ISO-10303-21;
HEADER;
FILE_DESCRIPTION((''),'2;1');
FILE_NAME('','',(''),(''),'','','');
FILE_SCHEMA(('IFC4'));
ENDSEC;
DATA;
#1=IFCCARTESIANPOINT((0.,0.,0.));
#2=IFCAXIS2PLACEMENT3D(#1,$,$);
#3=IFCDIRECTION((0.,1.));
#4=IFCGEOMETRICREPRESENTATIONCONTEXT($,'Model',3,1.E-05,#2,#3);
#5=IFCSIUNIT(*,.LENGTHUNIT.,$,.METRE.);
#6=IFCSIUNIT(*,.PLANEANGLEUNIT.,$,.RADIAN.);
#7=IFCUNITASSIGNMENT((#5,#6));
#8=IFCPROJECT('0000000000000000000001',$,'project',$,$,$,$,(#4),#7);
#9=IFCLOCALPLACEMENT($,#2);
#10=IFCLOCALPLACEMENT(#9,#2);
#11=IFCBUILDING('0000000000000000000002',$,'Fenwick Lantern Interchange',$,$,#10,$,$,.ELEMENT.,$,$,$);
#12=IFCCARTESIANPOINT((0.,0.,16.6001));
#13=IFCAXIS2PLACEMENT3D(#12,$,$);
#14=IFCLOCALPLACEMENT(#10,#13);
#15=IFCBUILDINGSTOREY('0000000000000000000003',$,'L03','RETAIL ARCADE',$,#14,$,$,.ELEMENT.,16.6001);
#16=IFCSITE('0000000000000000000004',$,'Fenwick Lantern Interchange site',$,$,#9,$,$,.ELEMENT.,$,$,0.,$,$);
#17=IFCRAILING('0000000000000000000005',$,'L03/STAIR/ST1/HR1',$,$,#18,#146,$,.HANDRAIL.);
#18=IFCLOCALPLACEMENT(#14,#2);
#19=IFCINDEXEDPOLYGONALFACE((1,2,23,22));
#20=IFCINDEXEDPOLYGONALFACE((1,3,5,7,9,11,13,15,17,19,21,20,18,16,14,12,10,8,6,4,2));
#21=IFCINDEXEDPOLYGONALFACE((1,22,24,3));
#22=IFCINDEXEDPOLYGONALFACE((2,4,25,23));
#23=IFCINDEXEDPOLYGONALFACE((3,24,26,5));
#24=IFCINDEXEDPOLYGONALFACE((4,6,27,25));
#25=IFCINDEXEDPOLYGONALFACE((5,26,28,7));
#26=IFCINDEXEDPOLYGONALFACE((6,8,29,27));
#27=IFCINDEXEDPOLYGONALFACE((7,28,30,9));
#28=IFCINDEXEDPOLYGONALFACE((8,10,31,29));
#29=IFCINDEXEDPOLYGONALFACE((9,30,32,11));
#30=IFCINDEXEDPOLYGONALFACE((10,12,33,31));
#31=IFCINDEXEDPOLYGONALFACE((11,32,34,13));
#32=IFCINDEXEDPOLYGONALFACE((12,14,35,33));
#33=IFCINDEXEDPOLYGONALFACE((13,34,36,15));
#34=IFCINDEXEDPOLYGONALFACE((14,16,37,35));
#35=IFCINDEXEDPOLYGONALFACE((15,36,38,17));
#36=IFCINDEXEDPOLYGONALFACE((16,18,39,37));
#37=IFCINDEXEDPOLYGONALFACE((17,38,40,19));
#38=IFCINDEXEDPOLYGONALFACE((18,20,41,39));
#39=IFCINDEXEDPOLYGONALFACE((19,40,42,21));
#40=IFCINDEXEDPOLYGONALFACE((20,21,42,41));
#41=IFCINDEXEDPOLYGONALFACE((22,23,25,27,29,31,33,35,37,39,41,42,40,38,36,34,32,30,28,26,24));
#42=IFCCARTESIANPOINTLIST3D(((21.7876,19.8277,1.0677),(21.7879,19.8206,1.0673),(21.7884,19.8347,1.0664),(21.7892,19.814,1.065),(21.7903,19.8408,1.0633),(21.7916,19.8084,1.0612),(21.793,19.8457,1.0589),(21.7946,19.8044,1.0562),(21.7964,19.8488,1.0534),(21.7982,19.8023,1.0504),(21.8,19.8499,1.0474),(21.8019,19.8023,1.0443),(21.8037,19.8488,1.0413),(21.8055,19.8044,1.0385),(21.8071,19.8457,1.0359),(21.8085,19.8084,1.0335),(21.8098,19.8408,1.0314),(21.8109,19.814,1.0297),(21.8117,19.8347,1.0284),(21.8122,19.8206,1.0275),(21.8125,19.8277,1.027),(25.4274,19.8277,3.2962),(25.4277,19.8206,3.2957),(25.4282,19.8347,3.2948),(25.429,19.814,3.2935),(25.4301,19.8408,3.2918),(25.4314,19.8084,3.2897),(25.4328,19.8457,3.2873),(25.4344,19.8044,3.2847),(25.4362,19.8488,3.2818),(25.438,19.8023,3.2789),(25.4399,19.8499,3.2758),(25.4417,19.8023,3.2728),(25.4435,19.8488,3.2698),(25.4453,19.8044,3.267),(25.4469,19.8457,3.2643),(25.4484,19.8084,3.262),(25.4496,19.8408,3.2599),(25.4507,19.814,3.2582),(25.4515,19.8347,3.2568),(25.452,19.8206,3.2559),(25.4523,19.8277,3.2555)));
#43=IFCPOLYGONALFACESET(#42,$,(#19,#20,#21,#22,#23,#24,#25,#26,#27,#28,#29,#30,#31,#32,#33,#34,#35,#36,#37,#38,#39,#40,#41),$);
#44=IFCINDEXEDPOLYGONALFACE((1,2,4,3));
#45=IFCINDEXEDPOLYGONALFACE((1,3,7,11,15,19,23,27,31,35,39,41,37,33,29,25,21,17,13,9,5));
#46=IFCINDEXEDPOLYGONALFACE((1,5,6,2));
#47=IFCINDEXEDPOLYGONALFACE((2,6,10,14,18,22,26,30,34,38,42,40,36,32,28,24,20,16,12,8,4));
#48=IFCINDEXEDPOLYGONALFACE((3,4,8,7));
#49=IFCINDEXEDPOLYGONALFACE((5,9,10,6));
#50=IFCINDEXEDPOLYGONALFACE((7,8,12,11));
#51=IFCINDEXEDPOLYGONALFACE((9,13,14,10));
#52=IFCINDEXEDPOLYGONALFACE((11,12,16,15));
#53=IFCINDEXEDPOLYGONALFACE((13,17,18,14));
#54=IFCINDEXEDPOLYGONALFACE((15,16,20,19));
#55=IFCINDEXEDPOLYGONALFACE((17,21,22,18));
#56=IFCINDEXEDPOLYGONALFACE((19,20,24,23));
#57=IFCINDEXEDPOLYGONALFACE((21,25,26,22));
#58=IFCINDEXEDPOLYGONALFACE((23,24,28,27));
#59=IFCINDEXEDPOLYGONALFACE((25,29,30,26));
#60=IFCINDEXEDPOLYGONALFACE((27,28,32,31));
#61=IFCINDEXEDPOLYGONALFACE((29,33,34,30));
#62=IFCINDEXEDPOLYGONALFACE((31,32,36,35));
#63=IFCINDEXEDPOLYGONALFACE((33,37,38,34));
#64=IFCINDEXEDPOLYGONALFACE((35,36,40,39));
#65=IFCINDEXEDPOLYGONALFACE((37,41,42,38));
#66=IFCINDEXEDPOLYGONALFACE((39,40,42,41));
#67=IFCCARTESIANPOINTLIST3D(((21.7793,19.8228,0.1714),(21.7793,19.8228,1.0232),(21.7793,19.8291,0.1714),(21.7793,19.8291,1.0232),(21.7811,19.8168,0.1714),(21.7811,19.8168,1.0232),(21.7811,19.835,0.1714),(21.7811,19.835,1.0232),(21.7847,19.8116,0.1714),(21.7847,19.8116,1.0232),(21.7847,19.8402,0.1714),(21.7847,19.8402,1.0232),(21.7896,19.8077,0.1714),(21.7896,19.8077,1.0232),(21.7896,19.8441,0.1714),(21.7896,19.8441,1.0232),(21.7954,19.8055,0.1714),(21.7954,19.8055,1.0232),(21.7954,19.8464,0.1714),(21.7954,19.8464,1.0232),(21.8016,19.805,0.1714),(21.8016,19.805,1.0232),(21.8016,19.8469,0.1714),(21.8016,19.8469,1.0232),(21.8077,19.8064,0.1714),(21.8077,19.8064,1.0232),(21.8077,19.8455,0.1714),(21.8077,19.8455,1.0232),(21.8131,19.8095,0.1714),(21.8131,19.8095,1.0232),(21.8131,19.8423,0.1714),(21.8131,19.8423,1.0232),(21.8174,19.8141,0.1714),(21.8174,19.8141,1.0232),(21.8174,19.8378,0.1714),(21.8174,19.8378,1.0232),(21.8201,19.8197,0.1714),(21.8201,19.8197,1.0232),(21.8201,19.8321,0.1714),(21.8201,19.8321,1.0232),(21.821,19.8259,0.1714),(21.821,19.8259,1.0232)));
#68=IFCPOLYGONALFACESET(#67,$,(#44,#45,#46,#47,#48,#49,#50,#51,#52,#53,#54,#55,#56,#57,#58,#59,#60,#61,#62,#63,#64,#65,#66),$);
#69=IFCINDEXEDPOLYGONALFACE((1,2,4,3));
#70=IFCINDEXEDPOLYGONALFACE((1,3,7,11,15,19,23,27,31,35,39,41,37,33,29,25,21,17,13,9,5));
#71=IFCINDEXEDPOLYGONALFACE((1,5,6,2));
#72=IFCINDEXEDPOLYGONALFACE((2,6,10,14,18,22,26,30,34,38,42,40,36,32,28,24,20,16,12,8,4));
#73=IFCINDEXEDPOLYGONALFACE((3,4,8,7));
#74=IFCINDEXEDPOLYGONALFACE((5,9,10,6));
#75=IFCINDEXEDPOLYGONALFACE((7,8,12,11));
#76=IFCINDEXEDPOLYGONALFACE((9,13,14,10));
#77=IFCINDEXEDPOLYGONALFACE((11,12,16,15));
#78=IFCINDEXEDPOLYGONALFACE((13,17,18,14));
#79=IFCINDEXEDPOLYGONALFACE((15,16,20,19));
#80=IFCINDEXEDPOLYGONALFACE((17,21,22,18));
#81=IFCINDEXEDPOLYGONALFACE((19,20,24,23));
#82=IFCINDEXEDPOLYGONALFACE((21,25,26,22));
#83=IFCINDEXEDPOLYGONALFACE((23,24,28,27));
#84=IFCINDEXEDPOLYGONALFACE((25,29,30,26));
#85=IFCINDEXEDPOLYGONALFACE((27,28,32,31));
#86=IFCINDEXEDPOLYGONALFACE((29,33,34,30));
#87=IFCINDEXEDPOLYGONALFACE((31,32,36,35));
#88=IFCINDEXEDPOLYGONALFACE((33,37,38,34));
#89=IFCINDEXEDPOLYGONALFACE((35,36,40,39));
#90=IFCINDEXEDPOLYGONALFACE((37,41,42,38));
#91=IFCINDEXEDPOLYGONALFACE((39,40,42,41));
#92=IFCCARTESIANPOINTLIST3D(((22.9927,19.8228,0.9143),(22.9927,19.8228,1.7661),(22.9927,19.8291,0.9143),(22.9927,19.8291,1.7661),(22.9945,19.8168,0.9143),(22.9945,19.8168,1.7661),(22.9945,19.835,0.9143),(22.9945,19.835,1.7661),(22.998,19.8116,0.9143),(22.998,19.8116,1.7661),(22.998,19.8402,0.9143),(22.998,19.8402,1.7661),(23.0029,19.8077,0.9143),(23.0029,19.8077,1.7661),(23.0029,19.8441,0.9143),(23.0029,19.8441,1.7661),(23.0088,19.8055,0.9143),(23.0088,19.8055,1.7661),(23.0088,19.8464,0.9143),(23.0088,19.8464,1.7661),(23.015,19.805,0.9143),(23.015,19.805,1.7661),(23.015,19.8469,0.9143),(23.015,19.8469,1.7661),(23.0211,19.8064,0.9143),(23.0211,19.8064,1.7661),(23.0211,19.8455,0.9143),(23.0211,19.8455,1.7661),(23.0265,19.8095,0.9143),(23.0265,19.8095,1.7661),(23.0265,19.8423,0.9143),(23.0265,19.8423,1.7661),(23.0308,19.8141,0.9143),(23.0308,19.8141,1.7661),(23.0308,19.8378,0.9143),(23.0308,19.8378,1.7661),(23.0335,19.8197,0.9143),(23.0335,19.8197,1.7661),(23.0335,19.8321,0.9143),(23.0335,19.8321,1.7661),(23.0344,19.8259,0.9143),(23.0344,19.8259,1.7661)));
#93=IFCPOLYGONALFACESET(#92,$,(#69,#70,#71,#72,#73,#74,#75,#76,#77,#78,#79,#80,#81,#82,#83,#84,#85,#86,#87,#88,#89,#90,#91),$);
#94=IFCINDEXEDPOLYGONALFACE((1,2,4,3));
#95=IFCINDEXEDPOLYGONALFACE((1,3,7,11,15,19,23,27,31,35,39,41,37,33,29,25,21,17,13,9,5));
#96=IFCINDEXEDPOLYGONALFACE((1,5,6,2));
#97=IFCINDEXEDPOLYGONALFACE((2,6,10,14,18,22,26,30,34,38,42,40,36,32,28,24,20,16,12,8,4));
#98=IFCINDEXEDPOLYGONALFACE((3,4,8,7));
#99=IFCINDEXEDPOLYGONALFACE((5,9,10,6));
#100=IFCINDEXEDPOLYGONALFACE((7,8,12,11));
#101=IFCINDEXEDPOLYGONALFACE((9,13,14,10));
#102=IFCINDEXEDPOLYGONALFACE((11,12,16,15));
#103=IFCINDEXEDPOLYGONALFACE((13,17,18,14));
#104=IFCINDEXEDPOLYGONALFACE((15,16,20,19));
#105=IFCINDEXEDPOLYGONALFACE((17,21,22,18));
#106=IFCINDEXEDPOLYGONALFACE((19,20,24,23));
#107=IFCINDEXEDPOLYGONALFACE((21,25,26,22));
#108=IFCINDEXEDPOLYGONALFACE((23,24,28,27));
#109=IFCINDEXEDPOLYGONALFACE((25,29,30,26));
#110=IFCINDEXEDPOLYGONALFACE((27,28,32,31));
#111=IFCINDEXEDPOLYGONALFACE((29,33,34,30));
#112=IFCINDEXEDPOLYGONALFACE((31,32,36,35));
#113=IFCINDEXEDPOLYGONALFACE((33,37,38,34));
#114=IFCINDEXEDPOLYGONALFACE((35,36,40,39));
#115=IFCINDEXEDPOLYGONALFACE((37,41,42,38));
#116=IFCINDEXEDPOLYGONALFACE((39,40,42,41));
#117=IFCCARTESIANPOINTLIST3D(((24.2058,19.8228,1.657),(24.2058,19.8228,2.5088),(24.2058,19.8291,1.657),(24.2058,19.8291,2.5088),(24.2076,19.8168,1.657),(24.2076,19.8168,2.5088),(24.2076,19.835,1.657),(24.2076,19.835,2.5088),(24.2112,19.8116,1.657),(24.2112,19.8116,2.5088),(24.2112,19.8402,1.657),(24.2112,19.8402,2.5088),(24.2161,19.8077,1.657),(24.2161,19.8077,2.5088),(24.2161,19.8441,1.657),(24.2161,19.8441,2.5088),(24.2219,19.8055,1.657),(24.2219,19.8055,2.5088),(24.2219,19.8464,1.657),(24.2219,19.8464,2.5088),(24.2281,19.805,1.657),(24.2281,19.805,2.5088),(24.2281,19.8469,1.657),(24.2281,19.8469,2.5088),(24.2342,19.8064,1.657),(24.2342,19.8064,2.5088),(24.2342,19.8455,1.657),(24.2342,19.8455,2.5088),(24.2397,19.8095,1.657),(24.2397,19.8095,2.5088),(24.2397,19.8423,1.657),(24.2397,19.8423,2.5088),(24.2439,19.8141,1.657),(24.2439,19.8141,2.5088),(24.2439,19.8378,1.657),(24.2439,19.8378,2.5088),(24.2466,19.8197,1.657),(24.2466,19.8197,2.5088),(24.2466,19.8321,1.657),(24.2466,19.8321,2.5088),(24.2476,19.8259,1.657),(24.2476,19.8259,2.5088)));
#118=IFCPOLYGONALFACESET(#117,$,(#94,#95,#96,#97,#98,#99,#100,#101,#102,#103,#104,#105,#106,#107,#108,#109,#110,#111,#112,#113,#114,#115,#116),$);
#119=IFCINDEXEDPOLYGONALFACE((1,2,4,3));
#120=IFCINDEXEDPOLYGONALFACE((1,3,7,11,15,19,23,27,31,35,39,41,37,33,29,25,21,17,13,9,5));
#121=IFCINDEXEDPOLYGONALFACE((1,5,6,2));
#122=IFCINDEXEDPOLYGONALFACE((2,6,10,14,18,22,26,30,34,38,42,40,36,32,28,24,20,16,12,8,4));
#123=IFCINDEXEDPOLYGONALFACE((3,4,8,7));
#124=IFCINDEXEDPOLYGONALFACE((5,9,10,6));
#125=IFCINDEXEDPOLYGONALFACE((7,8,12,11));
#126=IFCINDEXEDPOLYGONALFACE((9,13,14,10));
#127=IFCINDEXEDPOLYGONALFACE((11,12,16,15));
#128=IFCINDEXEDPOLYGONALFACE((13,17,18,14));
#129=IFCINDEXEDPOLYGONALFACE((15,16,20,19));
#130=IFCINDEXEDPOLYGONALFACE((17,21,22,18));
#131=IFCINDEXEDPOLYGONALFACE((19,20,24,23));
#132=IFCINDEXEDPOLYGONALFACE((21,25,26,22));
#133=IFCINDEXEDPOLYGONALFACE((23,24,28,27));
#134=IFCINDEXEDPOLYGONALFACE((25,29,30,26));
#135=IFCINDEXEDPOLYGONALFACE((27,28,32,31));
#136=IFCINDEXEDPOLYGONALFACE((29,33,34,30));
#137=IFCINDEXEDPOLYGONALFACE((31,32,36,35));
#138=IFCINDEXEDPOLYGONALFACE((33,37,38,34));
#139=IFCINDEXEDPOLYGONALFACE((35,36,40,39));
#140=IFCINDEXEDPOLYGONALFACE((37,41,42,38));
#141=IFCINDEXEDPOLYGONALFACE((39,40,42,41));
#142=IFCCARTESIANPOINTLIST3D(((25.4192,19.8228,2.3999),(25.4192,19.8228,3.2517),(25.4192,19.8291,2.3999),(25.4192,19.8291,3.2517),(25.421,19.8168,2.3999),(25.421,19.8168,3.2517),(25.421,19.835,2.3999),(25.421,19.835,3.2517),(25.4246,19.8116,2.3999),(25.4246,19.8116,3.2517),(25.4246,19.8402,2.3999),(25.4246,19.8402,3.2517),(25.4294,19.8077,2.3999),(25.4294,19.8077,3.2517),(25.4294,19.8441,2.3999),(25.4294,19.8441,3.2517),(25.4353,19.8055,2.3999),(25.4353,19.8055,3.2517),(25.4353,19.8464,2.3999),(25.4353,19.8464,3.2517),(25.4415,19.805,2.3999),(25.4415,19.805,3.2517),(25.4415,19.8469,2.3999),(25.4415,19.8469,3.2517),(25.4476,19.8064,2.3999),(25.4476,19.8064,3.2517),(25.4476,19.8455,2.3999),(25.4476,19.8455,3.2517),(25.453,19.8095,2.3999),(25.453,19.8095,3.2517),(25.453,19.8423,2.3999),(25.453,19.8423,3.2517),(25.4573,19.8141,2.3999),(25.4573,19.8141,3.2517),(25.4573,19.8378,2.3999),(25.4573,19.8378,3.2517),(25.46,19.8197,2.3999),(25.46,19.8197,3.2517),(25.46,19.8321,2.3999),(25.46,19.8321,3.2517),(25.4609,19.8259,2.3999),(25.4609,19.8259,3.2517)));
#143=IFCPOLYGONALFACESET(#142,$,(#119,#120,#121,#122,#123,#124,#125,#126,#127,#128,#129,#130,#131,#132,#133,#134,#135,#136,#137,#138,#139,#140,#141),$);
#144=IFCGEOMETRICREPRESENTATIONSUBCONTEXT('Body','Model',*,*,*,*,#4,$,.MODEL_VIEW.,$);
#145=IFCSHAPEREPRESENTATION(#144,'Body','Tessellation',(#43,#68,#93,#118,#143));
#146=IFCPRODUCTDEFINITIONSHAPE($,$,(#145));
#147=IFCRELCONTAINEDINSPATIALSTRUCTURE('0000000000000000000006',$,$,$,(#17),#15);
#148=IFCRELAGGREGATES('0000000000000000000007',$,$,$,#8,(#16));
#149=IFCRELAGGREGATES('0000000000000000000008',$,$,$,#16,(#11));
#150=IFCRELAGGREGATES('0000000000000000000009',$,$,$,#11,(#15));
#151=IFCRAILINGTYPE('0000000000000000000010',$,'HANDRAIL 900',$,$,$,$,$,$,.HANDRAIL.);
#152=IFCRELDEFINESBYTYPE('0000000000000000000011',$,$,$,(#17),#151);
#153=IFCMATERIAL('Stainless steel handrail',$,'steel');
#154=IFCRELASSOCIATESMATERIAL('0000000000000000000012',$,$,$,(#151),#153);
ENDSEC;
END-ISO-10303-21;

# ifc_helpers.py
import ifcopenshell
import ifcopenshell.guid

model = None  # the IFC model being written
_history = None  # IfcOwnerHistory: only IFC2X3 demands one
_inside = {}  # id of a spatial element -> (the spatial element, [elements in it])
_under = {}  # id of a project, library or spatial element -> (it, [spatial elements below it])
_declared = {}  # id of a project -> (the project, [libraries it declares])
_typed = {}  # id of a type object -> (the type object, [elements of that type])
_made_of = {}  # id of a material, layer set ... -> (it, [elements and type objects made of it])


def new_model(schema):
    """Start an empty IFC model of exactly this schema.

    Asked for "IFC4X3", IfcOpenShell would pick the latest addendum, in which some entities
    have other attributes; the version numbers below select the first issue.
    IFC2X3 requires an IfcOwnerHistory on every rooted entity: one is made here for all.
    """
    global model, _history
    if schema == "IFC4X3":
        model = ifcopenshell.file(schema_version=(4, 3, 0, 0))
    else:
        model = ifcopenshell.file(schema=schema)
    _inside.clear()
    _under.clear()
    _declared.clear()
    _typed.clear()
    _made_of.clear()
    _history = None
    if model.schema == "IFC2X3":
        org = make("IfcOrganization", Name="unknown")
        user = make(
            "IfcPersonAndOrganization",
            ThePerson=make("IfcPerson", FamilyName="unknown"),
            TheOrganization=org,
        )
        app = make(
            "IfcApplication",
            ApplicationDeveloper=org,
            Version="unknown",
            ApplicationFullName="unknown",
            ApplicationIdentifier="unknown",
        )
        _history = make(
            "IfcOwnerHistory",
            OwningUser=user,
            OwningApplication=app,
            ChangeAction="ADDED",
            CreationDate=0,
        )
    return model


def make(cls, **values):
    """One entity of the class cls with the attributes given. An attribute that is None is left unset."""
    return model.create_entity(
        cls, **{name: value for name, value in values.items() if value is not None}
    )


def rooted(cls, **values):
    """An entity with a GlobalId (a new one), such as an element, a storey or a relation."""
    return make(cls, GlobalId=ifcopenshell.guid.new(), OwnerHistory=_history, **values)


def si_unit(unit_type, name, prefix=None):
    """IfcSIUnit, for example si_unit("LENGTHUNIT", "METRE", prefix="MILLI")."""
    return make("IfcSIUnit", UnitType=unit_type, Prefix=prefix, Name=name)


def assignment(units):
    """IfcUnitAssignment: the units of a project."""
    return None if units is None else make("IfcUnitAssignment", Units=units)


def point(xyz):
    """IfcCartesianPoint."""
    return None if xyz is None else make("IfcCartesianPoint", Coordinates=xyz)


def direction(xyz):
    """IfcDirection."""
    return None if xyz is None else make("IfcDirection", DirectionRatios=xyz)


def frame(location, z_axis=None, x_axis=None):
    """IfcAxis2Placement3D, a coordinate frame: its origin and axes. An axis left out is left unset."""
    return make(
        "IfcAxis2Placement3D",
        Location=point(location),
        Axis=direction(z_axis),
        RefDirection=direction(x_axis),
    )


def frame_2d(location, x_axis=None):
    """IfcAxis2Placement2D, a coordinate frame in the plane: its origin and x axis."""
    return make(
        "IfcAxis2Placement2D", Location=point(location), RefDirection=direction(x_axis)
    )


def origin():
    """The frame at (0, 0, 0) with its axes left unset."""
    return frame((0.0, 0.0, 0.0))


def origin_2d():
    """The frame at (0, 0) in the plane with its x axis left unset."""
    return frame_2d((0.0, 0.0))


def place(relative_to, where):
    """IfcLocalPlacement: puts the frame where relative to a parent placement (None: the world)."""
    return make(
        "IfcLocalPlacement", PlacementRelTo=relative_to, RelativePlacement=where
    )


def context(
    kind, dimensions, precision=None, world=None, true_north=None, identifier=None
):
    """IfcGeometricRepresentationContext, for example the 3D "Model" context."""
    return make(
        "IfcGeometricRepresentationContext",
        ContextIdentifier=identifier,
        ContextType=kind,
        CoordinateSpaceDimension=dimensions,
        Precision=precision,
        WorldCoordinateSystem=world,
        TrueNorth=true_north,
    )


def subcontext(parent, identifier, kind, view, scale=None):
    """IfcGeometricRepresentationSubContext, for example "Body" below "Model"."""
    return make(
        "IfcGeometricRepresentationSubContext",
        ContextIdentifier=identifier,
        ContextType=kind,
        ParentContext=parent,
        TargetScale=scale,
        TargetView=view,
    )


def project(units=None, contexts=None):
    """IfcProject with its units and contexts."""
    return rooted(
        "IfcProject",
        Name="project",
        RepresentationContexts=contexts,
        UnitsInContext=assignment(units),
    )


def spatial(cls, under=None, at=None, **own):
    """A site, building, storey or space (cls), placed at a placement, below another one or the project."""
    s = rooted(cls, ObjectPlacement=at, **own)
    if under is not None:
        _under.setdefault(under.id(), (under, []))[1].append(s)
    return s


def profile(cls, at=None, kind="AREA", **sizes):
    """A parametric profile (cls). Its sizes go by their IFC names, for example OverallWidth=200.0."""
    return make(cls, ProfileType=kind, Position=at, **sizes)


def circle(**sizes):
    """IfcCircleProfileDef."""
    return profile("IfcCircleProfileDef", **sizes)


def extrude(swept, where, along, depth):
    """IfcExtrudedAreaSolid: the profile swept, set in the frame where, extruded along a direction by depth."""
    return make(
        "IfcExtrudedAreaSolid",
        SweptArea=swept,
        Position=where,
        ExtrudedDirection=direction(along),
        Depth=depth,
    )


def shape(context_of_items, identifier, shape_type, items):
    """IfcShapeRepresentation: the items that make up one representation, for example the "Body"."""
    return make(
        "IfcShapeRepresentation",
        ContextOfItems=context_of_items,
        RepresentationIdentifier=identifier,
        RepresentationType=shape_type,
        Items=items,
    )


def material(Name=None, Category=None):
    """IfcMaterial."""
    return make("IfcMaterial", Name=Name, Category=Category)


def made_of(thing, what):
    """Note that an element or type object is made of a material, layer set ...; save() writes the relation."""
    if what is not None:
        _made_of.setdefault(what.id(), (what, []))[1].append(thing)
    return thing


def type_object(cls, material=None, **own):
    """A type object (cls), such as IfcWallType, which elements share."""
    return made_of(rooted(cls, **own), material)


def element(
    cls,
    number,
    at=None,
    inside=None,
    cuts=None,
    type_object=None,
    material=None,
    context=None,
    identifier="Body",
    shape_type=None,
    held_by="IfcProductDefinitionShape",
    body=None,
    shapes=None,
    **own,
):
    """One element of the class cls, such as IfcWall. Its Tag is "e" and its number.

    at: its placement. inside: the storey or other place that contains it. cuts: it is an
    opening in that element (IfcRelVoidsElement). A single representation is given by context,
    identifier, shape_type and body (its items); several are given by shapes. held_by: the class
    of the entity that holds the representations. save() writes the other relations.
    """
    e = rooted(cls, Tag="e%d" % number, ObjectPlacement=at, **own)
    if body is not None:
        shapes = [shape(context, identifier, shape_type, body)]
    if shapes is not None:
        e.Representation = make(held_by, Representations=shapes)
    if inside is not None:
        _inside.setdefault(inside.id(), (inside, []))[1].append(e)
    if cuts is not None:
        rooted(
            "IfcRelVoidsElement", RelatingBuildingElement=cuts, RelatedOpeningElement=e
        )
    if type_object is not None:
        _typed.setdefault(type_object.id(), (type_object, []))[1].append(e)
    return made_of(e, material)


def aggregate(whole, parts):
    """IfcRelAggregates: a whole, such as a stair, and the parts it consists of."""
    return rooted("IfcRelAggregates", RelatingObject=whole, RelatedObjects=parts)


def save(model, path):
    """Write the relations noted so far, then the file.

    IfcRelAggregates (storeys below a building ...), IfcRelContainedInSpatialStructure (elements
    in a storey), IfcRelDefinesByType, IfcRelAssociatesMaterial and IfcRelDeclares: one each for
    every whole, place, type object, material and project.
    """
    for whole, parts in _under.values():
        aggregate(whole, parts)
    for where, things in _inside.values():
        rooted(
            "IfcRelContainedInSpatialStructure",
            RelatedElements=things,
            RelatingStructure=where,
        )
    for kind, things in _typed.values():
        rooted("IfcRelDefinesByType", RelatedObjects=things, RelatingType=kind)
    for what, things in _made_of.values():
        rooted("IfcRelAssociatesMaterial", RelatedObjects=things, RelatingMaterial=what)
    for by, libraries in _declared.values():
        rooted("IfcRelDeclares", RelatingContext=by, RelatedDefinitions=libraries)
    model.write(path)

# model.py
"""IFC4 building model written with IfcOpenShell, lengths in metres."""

from ifc_helpers import new_model, si_unit, direction, frame, origin, origin_2d, place, context, subcontext, project, spatial, circle, extrude, material, type_object, element, save


model = new_model("IFC4")

# Units and contexts
model_context = context("Model", 3, precision=1e-05, world=origin(), true_north=direction((0.0, 1.0)))
body_context = subcontext(model_context, "Body", "Model", "MODEL_VIEW")
ifc_project = project(units=[si_unit("LENGTHUNIT", "METRE"), si_unit("PLANEANGLEUNIT", "RADIAN")], contexts=[model_context])

# Site, building, storey
site_placement = place(None, origin())
site = spatial("IfcSite", under=ifc_project, at=site_placement, Name="Fenwick Lantern Interchange site", CompositionType="ELEMENT", RefElevation=0.0)
building_placement = place(site_placement, origin())
building = spatial("IfcBuilding", under=site, at=building_placement, Name="Fenwick Lantern Interchange", CompositionType="ELEMENT")
storey_placement = place(building_placement, frame((0.0, 0.0, 16.6001)))
storey = spatial("IfcBuildingStorey", under=building, at=storey_placement, Name="L03", Description="RETAIL ARCADE", CompositionType="ELEMENT", Elevation=16.6001)

# Railing
ifc_material_1 = material(Name="Stainless steel handrail", Category="steel")
railing_type = type_object("IfcRailingType", Name="HANDRAIL 900", PredefinedType="HANDRAIL", material=ifc_material_1)
railing_1_placement = place(storey_placement, frame((21.8, 19.8259, 0.1714)))
element("IfcRailing", 1, at=railing_1_placement, inside=storey, type_object=railing_type, Name="L03/STAIR/ST1/HR1", PredefinedType="HANDRAIL", context=body_context, shape_type="SweptSolid", body=[
    extrude(circle(Radius=0.0239, at=origin_2d()), frame((0.0, 0.0, 0.876), z_axis=(0.85285, 0.0, 0.522156), x_axis=(0.0, 1.0, 0.0)), (0.0, 0.0, 1.0), 4.2678),
    extrude(circle(Radius=0.021, at=origin_2d()), origin(), (0.0, 0.0, 1.0), 0.8518),
    extrude(circle(Radius=0.021, at=origin_2d()), frame((1.2134, 0.0, 0.7429)), (0.0, 0.0, 1.0), 0.8518),
    extrude(circle(Radius=0.021, at=origin_2d()), frame((2.4265, 0.0, 1.4856)), (0.0, 0.0, 1.0), 0.8518),
    extrude(circle(Radius=0.021, at=origin_2d()), frame((3.6399, 0.0, 2.2285)), (0.0, 0.0, 1.0), 0.8518),
])

save(model, "model.ifc")
